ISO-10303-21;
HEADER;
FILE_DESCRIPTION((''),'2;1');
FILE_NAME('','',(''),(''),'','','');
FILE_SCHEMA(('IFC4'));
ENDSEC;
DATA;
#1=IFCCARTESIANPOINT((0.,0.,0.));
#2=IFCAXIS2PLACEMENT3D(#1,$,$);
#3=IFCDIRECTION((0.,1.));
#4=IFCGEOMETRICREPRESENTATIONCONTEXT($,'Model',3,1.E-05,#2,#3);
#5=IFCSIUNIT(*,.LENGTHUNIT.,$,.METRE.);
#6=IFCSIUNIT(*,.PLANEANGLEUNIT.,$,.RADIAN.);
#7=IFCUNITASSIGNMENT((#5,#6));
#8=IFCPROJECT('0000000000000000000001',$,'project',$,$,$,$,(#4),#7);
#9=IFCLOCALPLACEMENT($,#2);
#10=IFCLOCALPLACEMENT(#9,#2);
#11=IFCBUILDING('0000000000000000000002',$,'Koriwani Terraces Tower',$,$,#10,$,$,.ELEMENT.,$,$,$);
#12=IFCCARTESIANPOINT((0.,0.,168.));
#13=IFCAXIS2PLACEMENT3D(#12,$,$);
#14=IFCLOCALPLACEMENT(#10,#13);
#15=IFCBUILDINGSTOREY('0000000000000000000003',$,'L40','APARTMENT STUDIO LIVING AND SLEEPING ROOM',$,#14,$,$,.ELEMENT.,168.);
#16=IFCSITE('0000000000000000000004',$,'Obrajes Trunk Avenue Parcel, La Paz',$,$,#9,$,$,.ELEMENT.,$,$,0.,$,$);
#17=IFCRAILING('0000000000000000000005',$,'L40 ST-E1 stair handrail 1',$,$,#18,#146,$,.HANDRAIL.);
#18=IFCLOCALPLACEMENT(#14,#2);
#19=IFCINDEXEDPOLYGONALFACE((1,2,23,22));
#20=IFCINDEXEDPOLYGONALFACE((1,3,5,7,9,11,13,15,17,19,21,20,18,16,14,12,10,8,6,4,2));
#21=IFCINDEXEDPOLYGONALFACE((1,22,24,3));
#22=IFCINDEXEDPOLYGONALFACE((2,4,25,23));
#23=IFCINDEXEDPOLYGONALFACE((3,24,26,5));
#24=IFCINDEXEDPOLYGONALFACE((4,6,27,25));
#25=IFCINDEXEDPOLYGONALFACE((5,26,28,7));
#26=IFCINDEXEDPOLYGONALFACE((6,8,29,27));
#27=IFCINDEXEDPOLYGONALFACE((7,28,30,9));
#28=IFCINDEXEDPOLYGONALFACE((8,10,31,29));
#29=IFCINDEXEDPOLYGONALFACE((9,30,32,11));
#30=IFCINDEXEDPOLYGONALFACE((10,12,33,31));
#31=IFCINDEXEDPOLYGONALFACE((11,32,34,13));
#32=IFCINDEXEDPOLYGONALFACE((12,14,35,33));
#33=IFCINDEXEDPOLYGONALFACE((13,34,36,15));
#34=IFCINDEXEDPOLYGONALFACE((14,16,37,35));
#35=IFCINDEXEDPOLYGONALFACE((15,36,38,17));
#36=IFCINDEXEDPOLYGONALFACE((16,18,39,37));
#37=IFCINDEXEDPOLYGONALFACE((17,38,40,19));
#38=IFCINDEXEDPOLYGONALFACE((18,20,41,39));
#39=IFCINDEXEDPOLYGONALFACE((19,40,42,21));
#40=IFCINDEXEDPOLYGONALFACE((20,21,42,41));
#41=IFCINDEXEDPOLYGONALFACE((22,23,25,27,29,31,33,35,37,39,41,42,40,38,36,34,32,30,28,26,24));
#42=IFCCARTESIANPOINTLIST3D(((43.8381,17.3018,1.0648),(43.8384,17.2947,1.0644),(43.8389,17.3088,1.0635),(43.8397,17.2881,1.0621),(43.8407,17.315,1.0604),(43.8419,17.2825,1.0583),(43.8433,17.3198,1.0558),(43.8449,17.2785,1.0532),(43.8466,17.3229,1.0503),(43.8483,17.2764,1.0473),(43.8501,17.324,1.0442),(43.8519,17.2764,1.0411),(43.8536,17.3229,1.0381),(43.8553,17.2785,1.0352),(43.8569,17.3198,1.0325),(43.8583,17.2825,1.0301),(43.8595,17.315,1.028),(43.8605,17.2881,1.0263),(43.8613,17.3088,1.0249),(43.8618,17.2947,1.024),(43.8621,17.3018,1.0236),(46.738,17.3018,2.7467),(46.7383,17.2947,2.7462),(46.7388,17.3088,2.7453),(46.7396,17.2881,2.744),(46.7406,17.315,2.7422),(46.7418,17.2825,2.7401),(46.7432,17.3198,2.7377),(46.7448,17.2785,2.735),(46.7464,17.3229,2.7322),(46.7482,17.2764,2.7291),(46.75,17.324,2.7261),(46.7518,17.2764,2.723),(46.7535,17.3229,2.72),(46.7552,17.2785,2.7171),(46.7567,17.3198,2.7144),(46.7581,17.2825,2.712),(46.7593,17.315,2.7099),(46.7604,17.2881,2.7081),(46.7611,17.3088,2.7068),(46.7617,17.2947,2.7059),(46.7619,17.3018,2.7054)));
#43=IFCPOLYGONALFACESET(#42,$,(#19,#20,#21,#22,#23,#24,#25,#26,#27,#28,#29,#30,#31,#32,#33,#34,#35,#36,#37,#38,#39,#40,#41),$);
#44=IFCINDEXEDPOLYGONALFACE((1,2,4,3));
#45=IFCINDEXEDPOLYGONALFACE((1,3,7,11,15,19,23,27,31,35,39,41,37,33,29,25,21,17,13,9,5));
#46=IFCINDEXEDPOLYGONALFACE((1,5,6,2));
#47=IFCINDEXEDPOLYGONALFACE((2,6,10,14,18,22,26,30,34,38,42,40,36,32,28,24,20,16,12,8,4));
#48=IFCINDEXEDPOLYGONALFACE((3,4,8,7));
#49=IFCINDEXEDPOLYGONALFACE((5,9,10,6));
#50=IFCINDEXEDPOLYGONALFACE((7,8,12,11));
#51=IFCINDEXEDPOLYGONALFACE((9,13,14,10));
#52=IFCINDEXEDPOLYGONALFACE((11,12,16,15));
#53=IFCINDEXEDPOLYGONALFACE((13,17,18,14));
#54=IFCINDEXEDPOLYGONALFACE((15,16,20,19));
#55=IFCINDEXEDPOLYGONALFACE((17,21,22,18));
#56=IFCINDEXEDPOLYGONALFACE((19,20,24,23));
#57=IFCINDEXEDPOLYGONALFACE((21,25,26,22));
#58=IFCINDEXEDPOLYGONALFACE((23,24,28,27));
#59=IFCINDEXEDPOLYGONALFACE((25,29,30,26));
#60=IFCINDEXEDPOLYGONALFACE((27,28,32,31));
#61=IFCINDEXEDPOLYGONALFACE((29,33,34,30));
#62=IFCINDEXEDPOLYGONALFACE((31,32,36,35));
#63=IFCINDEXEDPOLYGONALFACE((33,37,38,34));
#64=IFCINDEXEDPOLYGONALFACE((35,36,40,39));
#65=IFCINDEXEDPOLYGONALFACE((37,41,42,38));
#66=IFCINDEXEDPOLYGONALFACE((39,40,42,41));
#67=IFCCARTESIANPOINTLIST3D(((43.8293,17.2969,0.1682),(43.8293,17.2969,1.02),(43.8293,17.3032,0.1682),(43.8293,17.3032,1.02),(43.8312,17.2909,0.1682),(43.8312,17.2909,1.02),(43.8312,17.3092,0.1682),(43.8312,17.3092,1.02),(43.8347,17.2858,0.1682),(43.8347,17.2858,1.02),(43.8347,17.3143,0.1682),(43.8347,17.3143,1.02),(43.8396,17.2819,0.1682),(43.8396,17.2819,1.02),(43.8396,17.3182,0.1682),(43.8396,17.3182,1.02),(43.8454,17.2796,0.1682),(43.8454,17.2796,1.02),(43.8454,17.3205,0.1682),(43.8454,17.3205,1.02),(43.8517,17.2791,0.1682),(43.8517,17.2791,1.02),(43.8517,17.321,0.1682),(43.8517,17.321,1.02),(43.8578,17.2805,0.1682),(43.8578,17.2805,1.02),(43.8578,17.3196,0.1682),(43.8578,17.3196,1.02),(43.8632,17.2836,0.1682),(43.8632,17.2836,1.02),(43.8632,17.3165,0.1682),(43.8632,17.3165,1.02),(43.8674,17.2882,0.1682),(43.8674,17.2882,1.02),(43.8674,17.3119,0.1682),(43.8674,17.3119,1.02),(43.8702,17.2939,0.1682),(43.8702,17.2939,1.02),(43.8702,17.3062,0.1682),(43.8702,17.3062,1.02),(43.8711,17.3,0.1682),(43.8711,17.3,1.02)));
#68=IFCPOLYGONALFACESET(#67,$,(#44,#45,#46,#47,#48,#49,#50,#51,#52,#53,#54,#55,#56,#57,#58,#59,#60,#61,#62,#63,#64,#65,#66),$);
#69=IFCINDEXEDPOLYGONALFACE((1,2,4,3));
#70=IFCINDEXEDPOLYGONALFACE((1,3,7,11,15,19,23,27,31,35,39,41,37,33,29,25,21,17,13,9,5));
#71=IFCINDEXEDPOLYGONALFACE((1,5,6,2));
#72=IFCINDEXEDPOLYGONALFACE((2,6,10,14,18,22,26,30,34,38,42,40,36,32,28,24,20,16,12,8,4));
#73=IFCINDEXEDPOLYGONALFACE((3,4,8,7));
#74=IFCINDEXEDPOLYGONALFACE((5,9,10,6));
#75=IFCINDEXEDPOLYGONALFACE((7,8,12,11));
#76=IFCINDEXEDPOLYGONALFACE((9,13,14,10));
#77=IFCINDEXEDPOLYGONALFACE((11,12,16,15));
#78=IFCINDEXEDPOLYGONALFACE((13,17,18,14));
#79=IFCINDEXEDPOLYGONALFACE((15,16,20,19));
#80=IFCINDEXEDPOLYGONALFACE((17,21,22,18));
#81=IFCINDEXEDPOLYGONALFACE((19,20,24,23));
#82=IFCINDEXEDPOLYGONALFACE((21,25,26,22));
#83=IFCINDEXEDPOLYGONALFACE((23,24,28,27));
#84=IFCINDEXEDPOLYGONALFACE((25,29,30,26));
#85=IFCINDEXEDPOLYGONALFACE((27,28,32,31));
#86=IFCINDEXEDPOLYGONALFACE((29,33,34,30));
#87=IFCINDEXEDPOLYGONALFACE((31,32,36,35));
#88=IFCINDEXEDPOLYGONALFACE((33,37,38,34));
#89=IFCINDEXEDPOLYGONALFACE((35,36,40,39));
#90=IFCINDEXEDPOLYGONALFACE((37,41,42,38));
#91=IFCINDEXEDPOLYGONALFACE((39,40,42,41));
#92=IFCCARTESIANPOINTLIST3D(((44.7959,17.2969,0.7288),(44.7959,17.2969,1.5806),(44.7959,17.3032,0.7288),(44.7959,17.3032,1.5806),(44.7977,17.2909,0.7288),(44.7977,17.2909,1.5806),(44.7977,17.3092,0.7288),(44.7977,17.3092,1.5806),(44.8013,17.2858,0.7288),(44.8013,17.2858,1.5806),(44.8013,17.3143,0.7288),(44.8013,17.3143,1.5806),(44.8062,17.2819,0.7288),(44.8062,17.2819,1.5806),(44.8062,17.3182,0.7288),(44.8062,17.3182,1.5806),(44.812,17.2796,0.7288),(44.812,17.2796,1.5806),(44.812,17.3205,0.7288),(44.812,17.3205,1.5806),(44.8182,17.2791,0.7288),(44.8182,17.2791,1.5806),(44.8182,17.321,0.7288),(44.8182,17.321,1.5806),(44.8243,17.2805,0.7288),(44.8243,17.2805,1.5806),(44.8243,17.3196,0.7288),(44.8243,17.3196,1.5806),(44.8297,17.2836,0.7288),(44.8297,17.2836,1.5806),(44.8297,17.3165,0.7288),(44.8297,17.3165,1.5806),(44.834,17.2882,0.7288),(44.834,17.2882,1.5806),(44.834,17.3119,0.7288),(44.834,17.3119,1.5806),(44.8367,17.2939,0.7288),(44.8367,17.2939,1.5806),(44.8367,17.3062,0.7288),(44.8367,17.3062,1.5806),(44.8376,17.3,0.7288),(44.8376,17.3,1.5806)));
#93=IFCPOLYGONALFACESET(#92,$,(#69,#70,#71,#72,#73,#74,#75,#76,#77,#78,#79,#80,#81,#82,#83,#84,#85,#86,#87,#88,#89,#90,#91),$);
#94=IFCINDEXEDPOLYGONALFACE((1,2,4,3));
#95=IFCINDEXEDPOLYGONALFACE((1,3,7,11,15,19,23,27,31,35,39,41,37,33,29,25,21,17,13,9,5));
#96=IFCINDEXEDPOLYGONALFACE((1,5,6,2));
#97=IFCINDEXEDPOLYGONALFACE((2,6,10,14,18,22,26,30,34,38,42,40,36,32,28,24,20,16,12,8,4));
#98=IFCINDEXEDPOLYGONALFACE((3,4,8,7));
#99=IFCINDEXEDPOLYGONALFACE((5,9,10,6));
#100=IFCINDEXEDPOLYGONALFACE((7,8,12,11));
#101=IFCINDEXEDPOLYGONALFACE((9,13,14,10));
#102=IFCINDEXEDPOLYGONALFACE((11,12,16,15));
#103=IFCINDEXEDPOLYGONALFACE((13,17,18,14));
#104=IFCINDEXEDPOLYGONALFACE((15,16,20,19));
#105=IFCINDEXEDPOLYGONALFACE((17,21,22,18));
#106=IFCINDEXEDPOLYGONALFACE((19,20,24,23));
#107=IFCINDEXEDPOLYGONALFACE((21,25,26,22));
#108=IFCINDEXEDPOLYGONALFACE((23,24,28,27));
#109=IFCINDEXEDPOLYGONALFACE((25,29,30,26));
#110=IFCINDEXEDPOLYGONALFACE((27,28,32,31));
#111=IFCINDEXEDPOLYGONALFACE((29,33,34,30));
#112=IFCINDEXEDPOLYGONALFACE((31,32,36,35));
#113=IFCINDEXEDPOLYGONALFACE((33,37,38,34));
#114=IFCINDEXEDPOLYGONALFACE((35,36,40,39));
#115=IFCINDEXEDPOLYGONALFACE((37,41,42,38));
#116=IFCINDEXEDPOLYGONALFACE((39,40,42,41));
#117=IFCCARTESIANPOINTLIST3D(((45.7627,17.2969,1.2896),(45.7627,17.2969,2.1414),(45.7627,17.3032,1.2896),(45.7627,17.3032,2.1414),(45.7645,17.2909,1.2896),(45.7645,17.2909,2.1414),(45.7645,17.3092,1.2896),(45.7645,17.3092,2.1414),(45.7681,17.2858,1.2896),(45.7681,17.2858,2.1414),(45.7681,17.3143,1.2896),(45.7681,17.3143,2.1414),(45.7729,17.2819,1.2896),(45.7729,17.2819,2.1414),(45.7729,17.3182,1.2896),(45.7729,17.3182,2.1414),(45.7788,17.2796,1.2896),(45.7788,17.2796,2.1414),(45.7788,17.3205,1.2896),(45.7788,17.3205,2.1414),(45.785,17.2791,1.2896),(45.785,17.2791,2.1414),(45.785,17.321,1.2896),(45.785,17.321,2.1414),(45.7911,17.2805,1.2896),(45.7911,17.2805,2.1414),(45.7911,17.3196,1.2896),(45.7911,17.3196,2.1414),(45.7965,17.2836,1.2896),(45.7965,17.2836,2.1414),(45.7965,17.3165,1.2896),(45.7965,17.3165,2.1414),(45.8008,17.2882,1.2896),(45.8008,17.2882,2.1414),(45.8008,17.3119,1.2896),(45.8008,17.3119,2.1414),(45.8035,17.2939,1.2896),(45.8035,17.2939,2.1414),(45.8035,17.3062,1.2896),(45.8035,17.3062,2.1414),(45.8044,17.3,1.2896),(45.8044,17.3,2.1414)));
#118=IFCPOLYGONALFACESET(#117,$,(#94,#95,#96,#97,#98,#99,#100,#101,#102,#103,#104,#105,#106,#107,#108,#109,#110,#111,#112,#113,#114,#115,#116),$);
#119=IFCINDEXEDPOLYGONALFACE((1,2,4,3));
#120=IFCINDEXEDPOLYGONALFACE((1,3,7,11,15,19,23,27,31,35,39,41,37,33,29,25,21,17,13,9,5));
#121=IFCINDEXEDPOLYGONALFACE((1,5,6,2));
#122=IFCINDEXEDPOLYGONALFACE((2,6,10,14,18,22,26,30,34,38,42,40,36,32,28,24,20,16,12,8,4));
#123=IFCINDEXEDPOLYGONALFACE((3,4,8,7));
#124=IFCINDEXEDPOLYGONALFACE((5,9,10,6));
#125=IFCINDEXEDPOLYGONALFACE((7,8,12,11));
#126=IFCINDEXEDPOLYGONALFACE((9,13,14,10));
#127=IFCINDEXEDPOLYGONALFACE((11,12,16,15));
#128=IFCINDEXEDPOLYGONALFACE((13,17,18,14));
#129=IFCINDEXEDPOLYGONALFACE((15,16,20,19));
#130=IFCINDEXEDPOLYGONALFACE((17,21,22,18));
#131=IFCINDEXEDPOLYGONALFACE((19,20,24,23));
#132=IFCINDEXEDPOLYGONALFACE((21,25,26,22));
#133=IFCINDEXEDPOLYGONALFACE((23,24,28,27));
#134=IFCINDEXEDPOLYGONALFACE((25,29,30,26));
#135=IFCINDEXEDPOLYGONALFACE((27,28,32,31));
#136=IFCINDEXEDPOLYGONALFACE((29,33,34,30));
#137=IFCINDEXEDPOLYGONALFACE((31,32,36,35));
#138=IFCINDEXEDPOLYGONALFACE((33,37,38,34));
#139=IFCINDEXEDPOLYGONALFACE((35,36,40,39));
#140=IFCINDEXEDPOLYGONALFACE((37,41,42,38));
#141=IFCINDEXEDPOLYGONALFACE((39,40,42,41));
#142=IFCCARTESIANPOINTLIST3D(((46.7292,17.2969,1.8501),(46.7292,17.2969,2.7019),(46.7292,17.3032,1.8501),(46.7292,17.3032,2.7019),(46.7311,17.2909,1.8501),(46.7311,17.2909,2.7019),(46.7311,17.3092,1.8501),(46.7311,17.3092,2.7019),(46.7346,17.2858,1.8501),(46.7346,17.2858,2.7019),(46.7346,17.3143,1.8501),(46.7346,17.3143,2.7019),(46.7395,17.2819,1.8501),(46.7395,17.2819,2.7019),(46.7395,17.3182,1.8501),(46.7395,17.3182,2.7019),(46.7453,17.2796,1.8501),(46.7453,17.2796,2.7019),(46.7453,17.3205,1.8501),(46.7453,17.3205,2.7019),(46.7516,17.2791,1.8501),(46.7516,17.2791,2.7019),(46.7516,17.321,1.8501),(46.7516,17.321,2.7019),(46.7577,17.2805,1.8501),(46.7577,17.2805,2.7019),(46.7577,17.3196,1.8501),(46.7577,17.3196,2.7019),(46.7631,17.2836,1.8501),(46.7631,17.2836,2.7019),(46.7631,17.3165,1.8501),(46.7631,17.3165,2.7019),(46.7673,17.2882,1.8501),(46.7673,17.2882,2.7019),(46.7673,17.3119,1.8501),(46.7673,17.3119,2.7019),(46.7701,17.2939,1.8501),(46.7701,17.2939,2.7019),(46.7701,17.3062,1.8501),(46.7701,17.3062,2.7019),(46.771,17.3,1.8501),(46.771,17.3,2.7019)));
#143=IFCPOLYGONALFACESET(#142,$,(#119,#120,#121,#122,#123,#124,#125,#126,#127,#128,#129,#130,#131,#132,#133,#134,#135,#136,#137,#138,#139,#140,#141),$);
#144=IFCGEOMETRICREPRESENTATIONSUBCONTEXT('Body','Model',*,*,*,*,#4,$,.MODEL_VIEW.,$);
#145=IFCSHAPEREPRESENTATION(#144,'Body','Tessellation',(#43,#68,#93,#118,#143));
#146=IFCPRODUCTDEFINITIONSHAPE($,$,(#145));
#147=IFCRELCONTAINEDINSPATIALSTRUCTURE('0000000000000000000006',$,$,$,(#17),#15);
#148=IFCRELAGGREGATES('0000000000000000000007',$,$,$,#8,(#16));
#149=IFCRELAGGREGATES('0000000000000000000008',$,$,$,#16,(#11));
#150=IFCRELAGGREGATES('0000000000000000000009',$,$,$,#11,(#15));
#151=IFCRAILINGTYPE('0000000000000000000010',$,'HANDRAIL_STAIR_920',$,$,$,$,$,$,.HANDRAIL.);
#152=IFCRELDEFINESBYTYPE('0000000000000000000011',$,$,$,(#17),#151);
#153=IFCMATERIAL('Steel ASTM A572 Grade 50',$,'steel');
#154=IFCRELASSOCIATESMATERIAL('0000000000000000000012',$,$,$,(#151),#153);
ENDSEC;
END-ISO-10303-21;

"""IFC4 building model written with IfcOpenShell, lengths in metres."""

from ifc_helpers import new_model, si_unit, direction, frame, origin, origin_2d, place, context, subcontext, project, spatial, circle, extrude, material, type_object, element, save


model = new_model("IFC4")

# Units and contexts
model_context = context("Model", 3, precision=1e-05, world=origin(), true_north=direction((0.0, 1.0)))
body_context = subcontext(model_context, "Body", "Model", "MODEL_VIEW")
ifc_project = project(units=[si_unit("LENGTHUNIT", "METRE"), si_unit("PLANEANGLEUNIT", "RADIAN")], contexts=[model_context])

# Site, building, storey
site_placement = place(None, origin())
site = spatial("IfcSite", under=ifc_project, at=site_placement, Name="Obrajes Trunk Avenue Parcel, La Paz", CompositionType="ELEMENT", RefElevation=0.0)
building_placement = place(site_placement, origin())
building = spatial("IfcBuilding", under=site, at=building_placement, Name="Koriwani Terraces Tower", CompositionType="ELEMENT")
storey_placement = place(building_placement, frame((0.0, 0.0, 168.0)))
storey = spatial("IfcBuildingStorey", under=building, at=storey_placement, Name="L40", Description="APARTMENT STUDIO LIVING AND SLEEPING ROOM", CompositionType="ELEMENT", Elevation=168.0)

# Shared definitions
ifc_material_1 = material(Name="Steel ASTM A572 Grade 50", Category="steel")

# Railing
railing_type = type_object("IfcRailingType", Name="HANDRAIL_STAIR_920", PredefinedType="HANDRAIL", material=ifc_material_1)
railing_placement = place(storey_placement, frame((43.8501, 17.3, 0.1682)))
element("IfcRailing", 1, at=railing_placement, inside=storey, type_object=railing_type, Name="L40 ST-E1 stair handrail 1", PredefinedType="HANDRAIL", context=body_context, shape_type="SweptSolid", body=[
    extrude(circle(Radius=0.0239, at=origin_2d()), frame((0.0, 0.0, 0.876), z_axis=(0.865039, 0.0, 0.501705), x_axis=(0.0, 1.0, 0.0)), (0.0, 0.0, 1.0), 3.3523),
    extrude(circle(Radius=0.021, at=origin_2d()), origin(), (0.0, 0.0, 1.0), 0.8518),
    extrude(circle(Radius=0.021, at=origin_2d()), frame((0.9666, 0.0, 0.5605)), (0.0, 0.0, 1.0), 0.8518),
    extrude(circle(Radius=0.021, at=origin_2d()), frame((1.9333, 0.0, 1.1213)), (0.0, 0.0, 1.0), 0.8518),
    extrude(circle(Radius=0.021, at=origin_2d()), frame((2.8999, 0.0, 1.6819)), (0.0, 0.0, 1.0), 0.8518),
])

save(model, "model.ifc")
